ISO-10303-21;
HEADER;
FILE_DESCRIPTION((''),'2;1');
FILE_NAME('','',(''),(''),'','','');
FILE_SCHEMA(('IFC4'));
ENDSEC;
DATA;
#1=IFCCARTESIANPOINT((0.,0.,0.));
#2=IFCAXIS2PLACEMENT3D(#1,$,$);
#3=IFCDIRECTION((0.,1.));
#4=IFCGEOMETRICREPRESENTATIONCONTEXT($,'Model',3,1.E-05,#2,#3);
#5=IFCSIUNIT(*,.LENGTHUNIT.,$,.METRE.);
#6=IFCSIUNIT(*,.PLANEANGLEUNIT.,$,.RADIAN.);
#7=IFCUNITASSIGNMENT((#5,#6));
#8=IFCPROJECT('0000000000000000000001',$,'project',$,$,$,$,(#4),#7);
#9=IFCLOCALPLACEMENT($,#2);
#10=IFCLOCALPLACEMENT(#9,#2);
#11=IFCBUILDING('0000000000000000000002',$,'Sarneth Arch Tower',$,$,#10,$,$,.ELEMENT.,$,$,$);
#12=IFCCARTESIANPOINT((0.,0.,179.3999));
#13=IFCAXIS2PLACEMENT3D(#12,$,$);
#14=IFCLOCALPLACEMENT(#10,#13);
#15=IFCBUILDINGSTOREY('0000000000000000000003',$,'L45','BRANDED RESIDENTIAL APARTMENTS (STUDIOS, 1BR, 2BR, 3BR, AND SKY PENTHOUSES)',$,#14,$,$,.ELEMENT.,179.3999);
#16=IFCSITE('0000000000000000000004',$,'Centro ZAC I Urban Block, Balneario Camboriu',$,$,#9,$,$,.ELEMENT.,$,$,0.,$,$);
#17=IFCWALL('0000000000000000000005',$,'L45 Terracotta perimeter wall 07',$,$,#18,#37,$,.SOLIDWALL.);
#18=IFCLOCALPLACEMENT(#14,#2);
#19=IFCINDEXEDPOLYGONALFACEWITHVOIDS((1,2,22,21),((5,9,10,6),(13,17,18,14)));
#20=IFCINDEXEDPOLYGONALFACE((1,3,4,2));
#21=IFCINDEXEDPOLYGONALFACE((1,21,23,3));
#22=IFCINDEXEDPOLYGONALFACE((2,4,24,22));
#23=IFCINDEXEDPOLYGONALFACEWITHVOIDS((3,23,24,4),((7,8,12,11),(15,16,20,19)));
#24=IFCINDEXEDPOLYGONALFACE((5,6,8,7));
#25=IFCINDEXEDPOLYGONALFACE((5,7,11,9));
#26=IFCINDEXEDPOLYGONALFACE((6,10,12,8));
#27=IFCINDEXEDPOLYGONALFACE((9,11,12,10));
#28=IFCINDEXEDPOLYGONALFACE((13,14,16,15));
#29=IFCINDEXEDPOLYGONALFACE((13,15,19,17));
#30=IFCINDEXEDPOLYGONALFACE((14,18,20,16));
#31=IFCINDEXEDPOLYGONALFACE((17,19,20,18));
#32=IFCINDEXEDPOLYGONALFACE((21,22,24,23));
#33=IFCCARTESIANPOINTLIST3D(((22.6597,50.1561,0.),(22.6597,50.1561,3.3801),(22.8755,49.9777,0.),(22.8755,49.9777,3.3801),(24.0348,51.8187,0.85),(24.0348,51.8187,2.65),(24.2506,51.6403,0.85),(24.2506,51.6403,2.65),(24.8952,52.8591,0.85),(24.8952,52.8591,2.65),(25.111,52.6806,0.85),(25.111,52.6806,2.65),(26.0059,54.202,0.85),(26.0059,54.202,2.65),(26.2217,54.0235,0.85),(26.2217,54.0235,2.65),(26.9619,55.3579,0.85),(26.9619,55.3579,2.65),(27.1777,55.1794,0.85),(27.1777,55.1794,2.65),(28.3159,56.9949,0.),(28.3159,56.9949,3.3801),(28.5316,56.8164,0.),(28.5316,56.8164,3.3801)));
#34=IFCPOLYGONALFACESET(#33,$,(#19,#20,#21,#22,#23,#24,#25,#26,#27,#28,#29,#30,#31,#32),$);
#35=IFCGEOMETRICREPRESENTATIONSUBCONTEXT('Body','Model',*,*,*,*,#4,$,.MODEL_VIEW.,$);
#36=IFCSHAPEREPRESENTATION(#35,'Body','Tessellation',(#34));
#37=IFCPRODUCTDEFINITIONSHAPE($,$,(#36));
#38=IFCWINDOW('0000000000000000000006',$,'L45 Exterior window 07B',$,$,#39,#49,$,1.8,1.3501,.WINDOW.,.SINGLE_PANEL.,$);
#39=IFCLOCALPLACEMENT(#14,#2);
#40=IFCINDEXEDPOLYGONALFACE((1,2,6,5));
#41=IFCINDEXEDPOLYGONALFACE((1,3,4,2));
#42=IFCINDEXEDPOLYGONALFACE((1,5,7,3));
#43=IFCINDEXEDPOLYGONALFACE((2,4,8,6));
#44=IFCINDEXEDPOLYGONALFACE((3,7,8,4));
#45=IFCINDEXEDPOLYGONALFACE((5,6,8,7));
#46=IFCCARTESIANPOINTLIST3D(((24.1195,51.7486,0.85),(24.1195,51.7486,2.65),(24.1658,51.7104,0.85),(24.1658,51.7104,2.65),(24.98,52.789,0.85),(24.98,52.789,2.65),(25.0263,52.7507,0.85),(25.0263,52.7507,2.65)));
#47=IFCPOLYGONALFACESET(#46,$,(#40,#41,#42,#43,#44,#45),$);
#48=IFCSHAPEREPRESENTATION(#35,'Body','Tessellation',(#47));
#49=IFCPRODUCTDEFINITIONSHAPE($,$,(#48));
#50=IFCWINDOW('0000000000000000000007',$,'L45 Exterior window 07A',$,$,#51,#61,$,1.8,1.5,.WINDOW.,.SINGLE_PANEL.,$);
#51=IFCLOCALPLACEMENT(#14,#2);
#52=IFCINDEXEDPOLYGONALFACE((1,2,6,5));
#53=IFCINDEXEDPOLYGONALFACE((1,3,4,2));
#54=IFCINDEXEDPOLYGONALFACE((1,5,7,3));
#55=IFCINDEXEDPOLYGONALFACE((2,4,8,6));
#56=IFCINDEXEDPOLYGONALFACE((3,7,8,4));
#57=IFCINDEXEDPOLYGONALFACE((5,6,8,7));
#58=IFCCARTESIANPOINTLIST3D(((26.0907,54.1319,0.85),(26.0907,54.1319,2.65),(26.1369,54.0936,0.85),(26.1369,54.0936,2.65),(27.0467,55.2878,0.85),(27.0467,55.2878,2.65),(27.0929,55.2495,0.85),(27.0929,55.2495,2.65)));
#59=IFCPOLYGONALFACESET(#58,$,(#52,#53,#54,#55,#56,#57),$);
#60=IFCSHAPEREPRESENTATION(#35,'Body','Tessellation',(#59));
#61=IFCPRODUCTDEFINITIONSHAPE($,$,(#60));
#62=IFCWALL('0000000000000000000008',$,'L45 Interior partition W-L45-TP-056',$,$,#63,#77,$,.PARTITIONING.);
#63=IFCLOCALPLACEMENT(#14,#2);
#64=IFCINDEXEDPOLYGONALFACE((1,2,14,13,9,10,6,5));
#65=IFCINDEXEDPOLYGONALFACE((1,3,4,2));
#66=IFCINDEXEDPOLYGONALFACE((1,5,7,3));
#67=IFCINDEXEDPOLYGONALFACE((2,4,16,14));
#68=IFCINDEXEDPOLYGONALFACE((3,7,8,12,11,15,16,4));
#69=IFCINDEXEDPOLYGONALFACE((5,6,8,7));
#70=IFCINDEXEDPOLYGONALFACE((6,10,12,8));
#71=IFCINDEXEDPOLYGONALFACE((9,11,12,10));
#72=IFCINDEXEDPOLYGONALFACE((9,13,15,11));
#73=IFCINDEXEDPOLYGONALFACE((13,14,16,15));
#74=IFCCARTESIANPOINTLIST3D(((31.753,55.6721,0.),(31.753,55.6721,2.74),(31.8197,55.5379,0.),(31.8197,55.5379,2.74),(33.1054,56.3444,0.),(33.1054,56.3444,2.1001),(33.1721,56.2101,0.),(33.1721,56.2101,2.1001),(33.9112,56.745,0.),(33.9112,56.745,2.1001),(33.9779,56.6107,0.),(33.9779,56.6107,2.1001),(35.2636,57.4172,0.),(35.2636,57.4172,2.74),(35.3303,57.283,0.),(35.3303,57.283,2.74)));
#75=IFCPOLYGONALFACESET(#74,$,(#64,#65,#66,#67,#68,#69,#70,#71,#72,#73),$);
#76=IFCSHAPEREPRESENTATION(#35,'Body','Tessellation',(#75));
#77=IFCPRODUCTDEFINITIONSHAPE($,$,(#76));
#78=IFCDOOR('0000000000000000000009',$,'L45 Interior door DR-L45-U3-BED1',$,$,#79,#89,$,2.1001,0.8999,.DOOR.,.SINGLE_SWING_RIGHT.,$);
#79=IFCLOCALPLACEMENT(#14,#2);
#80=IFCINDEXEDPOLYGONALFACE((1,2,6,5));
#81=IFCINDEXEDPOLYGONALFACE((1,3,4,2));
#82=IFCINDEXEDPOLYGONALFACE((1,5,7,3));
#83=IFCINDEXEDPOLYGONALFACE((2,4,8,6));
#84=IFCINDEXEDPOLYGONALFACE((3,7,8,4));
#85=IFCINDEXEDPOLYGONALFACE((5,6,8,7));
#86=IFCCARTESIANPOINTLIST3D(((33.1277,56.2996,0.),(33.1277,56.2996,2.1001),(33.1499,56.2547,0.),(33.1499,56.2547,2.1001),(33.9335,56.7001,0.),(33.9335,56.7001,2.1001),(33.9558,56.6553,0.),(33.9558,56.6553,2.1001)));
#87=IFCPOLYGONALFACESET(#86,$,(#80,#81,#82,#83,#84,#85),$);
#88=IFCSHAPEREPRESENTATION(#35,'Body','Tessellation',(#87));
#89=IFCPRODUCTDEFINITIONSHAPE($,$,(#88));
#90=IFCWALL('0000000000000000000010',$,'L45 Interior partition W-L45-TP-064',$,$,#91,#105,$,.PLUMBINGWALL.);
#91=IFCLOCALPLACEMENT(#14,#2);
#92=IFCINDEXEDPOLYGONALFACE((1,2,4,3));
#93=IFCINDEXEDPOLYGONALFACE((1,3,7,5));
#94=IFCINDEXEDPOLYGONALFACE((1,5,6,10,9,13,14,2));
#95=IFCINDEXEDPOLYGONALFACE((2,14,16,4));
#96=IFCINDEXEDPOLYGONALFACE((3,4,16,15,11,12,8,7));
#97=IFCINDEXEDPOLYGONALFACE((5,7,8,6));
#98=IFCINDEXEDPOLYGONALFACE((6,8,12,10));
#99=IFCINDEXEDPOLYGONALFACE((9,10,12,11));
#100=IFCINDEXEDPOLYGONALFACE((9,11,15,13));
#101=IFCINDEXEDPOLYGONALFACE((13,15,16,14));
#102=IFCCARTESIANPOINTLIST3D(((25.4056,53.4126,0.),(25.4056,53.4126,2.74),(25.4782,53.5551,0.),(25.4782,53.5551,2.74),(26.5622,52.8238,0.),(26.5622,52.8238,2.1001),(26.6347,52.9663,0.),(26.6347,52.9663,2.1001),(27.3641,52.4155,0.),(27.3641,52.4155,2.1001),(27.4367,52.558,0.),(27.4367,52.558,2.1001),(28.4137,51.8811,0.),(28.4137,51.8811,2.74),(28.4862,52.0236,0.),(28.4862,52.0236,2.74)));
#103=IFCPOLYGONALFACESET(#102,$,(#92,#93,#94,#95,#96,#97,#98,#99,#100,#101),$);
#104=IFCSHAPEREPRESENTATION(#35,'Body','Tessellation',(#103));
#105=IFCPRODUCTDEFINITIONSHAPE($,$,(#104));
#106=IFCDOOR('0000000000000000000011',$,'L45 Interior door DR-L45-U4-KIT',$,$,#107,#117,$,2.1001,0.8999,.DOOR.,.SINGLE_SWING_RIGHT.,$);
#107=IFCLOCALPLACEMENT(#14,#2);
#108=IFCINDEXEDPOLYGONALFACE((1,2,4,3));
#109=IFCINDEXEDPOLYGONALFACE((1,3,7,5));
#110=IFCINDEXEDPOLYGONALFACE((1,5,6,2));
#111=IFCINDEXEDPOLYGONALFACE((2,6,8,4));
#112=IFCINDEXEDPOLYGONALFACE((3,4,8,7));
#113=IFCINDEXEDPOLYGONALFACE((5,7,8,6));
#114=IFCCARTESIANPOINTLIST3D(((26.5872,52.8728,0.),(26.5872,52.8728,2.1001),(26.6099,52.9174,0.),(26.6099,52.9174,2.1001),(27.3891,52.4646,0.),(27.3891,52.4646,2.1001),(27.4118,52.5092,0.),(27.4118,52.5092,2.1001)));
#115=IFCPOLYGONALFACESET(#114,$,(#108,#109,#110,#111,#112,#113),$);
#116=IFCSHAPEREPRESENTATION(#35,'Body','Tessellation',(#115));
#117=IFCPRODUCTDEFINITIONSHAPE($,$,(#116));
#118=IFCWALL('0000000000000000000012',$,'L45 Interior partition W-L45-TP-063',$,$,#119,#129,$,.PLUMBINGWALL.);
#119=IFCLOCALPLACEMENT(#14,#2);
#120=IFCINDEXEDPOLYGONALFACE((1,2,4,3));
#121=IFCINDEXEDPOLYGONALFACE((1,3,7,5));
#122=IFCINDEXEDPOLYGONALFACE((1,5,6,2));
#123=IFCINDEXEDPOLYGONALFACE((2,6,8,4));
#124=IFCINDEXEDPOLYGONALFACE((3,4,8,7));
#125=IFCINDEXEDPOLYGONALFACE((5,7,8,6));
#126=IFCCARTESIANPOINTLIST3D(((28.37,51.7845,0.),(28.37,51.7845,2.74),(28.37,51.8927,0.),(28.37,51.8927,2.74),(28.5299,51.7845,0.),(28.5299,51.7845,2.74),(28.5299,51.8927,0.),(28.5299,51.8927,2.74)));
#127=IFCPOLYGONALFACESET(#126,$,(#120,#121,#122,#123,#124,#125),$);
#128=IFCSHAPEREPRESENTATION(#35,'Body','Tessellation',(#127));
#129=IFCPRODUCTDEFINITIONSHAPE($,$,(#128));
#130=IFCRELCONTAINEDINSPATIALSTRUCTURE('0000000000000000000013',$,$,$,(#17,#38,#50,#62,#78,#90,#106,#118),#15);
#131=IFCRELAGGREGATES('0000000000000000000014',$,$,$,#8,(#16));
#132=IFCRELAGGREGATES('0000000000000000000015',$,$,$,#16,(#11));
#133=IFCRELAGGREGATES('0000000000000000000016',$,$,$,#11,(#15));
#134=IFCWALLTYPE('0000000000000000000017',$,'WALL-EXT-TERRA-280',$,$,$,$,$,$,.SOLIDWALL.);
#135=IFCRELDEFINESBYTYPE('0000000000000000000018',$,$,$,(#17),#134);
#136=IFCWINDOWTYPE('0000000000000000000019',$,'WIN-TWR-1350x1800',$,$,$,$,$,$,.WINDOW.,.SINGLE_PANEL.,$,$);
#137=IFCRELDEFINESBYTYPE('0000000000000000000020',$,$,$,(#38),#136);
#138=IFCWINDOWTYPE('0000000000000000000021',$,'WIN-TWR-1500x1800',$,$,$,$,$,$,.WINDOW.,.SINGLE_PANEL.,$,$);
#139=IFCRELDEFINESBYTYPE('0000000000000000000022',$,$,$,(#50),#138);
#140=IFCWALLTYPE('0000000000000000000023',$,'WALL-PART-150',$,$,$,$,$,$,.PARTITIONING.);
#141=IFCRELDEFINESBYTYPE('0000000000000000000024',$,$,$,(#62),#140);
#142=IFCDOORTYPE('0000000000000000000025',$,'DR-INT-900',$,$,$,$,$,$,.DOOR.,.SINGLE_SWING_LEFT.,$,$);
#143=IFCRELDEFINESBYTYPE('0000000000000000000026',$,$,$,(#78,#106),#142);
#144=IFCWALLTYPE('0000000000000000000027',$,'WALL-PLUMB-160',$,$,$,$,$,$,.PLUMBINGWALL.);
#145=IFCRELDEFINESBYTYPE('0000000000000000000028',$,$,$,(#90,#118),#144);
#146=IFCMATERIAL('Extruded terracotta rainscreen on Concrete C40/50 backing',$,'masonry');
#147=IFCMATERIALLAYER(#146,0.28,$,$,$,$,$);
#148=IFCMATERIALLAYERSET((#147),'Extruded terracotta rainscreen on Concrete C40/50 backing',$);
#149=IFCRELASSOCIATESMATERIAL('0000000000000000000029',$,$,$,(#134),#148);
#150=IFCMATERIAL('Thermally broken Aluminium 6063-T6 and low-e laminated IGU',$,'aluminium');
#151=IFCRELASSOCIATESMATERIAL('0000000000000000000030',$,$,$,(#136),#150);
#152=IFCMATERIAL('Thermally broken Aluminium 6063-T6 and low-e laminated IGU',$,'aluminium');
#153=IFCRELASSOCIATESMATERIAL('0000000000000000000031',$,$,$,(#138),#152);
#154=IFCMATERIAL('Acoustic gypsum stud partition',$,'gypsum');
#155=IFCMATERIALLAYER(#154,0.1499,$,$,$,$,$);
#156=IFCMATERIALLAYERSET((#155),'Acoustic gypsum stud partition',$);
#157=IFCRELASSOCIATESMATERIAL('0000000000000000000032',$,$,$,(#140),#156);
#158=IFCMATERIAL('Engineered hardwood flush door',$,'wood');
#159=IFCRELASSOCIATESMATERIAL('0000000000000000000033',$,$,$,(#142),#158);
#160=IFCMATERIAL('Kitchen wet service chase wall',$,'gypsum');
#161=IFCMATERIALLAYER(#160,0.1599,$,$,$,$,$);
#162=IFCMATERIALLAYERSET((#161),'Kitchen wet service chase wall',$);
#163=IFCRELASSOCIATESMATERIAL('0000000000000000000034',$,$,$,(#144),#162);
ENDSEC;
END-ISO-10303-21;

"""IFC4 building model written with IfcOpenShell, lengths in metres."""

from ifc_helpers import new_model, si_unit, direction, frame, frame_2d, origin, place, context, subcontext, project, spatial, rectangle, extrude, material, layer, layer_set, type_object, element, fill, save


model = new_model("IFC4")

# Units and contexts
model_context = context("Model", 3, precision=1e-05, world=origin(), true_north=direction((0.0, 1.0)))
body_context = subcontext(model_context, "Body", "Model", "MODEL_VIEW")
ifc_project = project(units=[si_unit("LENGTHUNIT", "METRE"), si_unit("PLANEANGLEUNIT", "RADIAN")], contexts=[model_context])

# Site, building, storey
site_placement = place(None, origin())
site = spatial("IfcSite", under=ifc_project, at=site_placement, Name="Centro ZAC I Urban Block, Balneario Camboriu", CompositionType="ELEMENT", RefElevation=0.0)
building_placement = place(site_placement, origin())
building = spatial("IfcBuilding", under=site, at=building_placement, Name="Sarneth Arch Tower", CompositionType="ELEMENT")
storey_placement = place(building_placement, frame((0.0, 0.0, 179.3999)))
storey = spatial("IfcBuildingStorey", under=building, at=storey_placement, Name="L45", Description="BRANDED RESIDENTIAL APARTMENTS (STUDIOS, 1BR, 2BR, 3BR, AND SKY PENTHOUSES)", CompositionType="ELEMENT", Elevation=179.3999)

# Wall, openings, windows
ifc_material_1 = material(Name="Extruded terracotta rainscreen on Concrete C40/50 backing", Category="masonry")
ifc_layer_1 = layer(ifc_material_1, 0.28)
ifc_layer_set_1 = layer_set([ifc_layer_1], Name="Extruded terracotta rainscreen on Concrete C40/50 backing")
wall_type_1 = type_object("IfcWallType", Name="WALL-EXT-TERRA-280", PredefinedType="SOLIDWALL", material=ifc_layer_set_1)
wall_1_placement = place(storey_placement, frame((28.4238, 56.9058, 0.0), z_axis=(0.0, 0.0, 1.0), x_axis=(-0.637333, -0.770588, 0.0)))
wall_1 = element("IfcWall", 1, at=wall_1_placement, inside=storey, type_object=wall_type_1, Name="L45 Terracotta perimeter wall 07", PredefinedType="SOLIDWALL", context=body_context, shape_type="SweptSolid", body=[
    extrude(rectangle(XDim=8.8748, YDim=0.28, at=frame_2d((4.4375, 0.0))), origin(), (0.0, 0.0, 1.0), 3.3801),
])
opening_1_placement = place(wall_1_placement, frame((2.1245, 0.0, 0.8501)))
opening_1 = element("IfcOpeningElement", 2, at=opening_1_placement, cuts=wall_1, PredefinedType="OPENING", context=body_context, shape_type="SweptSolid", body=[
    extrude(rectangle(XDim=1.5, YDim=1.8, at=frame_2d((0.75, 0.8999))), frame((0.0, 0.1499, 0.0), z_axis=(0.0, -1.0, 0.0), x_axis=(1.0, 0.0, 0.0)), (0.0, 0.0, 1.0), 0.3),
])
opening_2_placement = place(wall_1_placement, frame((5.3672, 0.0, 0.8501)))
opening_2 = element("IfcOpeningElement", 3, at=opening_2_placement, cuts=wall_1, PredefinedType="OPENING", context=body_context, shape_type="SweptSolid", body=[
    extrude(rectangle(XDim=1.3501, YDim=1.8, at=frame_2d((0.675, 0.8999))), frame((0.0, 0.1499, 0.0), z_axis=(0.0, -1.0, 0.0), x_axis=(1.0, 0.0, 0.0)), (0.0, 0.0, 1.0), 0.3),
])
ifc_material_2 = material(Name="Thermally broken Aluminium 6063-T6 and low-e laminated IGU", Category="aluminium")
window_type_1 = type_object("IfcWindowType", Name="WIN-TWR-1350x1800", PartitioningType="SINGLE_PANEL", PredefinedType="WINDOW", material=ifc_material_2)
window_1_placement = place(opening_2_placement, origin())
window_1 = element("IfcWindow", 4, at=window_1_placement, inside=storey, type_object=window_type_1, Name="L45 Exterior window 07B", OverallHeight=1.8, OverallWidth=1.3501, PartitioningType="SINGLE_PANEL", PredefinedType="WINDOW", context=body_context, shape_type="SweptSolid", body=[
    extrude(rectangle(XDim=1.3501, YDim=1.8, at=frame_2d((0.675, 0.8999))), frame((0.0, 0.03, 0.0), z_axis=(0.0, -1.0, 0.0), x_axis=(1.0, 0.0, 0.0)), (0.0, 0.0, 1.0), 0.0601),
])
fill(opening_2, window_1)
ifc_material_3 = material(Name="Thermally broken Aluminium 6063-T6 and low-e laminated IGU", Category="aluminium")
window_type_2 = type_object("IfcWindowType", Name="WIN-TWR-1500x1800", PartitioningType="SINGLE_PANEL", PredefinedType="WINDOW", material=ifc_material_3)
window_2_placement = place(opening_1_placement, origin())
window_2 = element("IfcWindow", 5, at=window_2_placement, inside=storey, type_object=window_type_2, Name="L45 Exterior window 07A", OverallHeight=1.8, OverallWidth=1.5, PartitioningType="SINGLE_PANEL", PredefinedType="WINDOW", context=body_context, shape_type="SweptSolid", body=[
    extrude(rectangle(XDim=1.5, YDim=1.8, at=frame_2d((0.75, 0.8999))), frame((0.0, 0.03, 0.0), z_axis=(0.0, -1.0, 0.0), x_axis=(1.0, 0.0, 0.0)), (0.0, 0.0, 1.0), 0.0601),
])
fill(opening_1, window_2)

# Walls, openings, doors
ifc_material_4 = material(Name="Acoustic gypsum stud partition", Category="gypsum")
ifc_layer_2 = layer(ifc_material_4, 0.1499)
ifc_layer_set_2 = layer_set([ifc_layer_2], Name="Acoustic gypsum stud partition")
wall_type_2 = type_object("IfcWallType", Name="WALL-PART-150", PredefinedType="PARTITIONING", material=ifc_layer_set_2)
wall_2_placement = place(storey_placement, frame((31.7864, 55.605, 0.0), z_axis=(0.0, 0.0, 1.0), x_axis=(0.895459, 0.445145, 0.0)))
wall_2 = element("IfcWall", 6, at=wall_2_placement, inside=storey, type_object=wall_type_2, Name="L45 Interior partition W-L45-TP-056", PredefinedType="PARTITIONING", context=body_context, shape_type="SweptSolid", body=[
    extrude(rectangle(XDim=3.9204, YDim=0.1499, at=frame_2d((1.9602, 0.0))), origin(), (0.0, 0.0, 1.0), 2.74),
])
opening_3_placement = place(wall_2_placement, frame((1.5103, 0.0, 0.0)))
opening_3 = element("IfcOpeningElement", 7, at=opening_3_placement, cuts=wall_2, PredefinedType="OPENING", context=body_context, shape_type="SweptSolid", body=[
    extrude(rectangle(XDim=0.8999, YDim=2.1001, at=frame_2d((0.45, 1.05))), frame((0.0, 0.085, 0.0), z_axis=(0.0, -1.0, 0.0), x_axis=(1.0, 0.0, 0.0)), (0.0, 0.0, 1.0), 0.1699),
])
ifc_material_5 = material(Name="Engineered hardwood flush door", Category="wood")
door_type_1 = type_object("IfcDoorType", Name="DR-INT-900", OperationType="SINGLE_SWING_LEFT", PredefinedType="DOOR", material=ifc_material_5)
door_1_placement = place(opening_3_placement, origin())
door_1 = element("IfcDoor", 8, at=door_1_placement, inside=storey, type_object=door_type_1, Name="L45 Interior door DR-L45-U3-BED1", OperationType="SINGLE_SWING_RIGHT", OverallHeight=2.1001, OverallWidth=0.8999, PredefinedType="DOOR", context=body_context, shape_type="SweptSolid", body=[
    extrude(rectangle(XDim=0.8999, YDim=2.1001, at=frame_2d((0.45, 1.05))), frame((0.0, 0.0249, 0.0), z_axis=(0.0, -1.0, 0.0), x_axis=(1.0, 0.0, 0.0)), (0.0, 0.0, 1.0), 0.05),
])
fill(opening_3, door_1)
ifc_material_6 = material(Name="Kitchen wet service chase wall", Category="gypsum")
ifc_layer_3 = layer(ifc_material_6, 0.1599)
ifc_layer_set_3 = layer_set([ifc_layer_3], Name="Kitchen wet service chase wall")
wall_type_3 = type_object("IfcWallType", Name="WALL-PLUMB-160", PredefinedType="PLUMBINGWALL", material=ifc_layer_set_3)
wall_3_placement = place(storey_placement, frame((28.45, 51.9524, 0.0), z_axis=(0.0, 0.0, 1.0), x_axis=(-0.891149, 0.453711, 0.0)))
wall_3 = element("IfcWall", 9, at=wall_3_placement, inside=storey, type_object=wall_type_3, Name="L45 Interior partition W-L45-TP-064", PredefinedType="PLUMBINGWALL", context=body_context, shape_type="SweptSolid", body=[
    extrude(rectangle(XDim=3.3755, YDim=0.1599, at=frame_2d((1.6877, 0.0))), origin(), (0.0, 0.0, 1.0), 2.74),
])
opening_4_placement = place(wall_3_placement, frame((1.1777, 0.0, 0.0)))
opening_4 = element("IfcOpeningElement", 10, at=opening_4_placement, cuts=wall_3, PredefinedType="OPENING", context=body_context, shape_type="SweptSolid", body=[
    extrude(rectangle(XDim=0.8999, YDim=2.1001, at=frame_2d((0.45, 1.05))), frame((0.0, 0.0898, 0.0), z_axis=(0.0, -1.0, 0.0), x_axis=(1.0, 0.0, 0.0)), (0.0, 0.0, 1.0), 0.1799),
])
door_2_placement = place(opening_4_placement, origin())
door_2 = element("IfcDoor", 11, at=door_2_placement, inside=storey, type_object=door_type_1, Name="L45 Interior door DR-L45-U4-KIT", OperationType="SINGLE_SWING_RIGHT", OverallHeight=2.1001, OverallWidth=0.8999, PredefinedType="DOOR", context=body_context, shape_type="SweptSolid", body=[
    extrude(rectangle(XDim=0.8999, YDim=2.1001, at=frame_2d((0.45, 1.05))), frame((0.0, 0.0249, 0.0), z_axis=(0.0, -1.0, 0.0), x_axis=(1.0, 0.0, 0.0)), (0.0, 0.0, 1.0), 0.05),
])
fill(opening_4, door_2)

# Wall
wall_4_placement = place(storey_placement, frame((28.45, 51.7844, 0.0), z_axis=(0.0, 0.0, 1.0), x_axis=(0.0, 1.0, 0.0)))
element("IfcWall", 12, at=wall_4_placement, inside=storey, type_object=wall_type_3, Name="L45 Interior partition W-L45-TP-063", PredefinedType="PLUMBINGWALL", context=body_context, shape_type="SweptSolid", body=[
    extrude(rectangle(XDim=0.1082, YDim=0.1599, at=frame_2d((0.0542, 0.0))), origin(), (0.0, 0.0, 1.0), 2.74),
])

save(model, "model.ifc")
